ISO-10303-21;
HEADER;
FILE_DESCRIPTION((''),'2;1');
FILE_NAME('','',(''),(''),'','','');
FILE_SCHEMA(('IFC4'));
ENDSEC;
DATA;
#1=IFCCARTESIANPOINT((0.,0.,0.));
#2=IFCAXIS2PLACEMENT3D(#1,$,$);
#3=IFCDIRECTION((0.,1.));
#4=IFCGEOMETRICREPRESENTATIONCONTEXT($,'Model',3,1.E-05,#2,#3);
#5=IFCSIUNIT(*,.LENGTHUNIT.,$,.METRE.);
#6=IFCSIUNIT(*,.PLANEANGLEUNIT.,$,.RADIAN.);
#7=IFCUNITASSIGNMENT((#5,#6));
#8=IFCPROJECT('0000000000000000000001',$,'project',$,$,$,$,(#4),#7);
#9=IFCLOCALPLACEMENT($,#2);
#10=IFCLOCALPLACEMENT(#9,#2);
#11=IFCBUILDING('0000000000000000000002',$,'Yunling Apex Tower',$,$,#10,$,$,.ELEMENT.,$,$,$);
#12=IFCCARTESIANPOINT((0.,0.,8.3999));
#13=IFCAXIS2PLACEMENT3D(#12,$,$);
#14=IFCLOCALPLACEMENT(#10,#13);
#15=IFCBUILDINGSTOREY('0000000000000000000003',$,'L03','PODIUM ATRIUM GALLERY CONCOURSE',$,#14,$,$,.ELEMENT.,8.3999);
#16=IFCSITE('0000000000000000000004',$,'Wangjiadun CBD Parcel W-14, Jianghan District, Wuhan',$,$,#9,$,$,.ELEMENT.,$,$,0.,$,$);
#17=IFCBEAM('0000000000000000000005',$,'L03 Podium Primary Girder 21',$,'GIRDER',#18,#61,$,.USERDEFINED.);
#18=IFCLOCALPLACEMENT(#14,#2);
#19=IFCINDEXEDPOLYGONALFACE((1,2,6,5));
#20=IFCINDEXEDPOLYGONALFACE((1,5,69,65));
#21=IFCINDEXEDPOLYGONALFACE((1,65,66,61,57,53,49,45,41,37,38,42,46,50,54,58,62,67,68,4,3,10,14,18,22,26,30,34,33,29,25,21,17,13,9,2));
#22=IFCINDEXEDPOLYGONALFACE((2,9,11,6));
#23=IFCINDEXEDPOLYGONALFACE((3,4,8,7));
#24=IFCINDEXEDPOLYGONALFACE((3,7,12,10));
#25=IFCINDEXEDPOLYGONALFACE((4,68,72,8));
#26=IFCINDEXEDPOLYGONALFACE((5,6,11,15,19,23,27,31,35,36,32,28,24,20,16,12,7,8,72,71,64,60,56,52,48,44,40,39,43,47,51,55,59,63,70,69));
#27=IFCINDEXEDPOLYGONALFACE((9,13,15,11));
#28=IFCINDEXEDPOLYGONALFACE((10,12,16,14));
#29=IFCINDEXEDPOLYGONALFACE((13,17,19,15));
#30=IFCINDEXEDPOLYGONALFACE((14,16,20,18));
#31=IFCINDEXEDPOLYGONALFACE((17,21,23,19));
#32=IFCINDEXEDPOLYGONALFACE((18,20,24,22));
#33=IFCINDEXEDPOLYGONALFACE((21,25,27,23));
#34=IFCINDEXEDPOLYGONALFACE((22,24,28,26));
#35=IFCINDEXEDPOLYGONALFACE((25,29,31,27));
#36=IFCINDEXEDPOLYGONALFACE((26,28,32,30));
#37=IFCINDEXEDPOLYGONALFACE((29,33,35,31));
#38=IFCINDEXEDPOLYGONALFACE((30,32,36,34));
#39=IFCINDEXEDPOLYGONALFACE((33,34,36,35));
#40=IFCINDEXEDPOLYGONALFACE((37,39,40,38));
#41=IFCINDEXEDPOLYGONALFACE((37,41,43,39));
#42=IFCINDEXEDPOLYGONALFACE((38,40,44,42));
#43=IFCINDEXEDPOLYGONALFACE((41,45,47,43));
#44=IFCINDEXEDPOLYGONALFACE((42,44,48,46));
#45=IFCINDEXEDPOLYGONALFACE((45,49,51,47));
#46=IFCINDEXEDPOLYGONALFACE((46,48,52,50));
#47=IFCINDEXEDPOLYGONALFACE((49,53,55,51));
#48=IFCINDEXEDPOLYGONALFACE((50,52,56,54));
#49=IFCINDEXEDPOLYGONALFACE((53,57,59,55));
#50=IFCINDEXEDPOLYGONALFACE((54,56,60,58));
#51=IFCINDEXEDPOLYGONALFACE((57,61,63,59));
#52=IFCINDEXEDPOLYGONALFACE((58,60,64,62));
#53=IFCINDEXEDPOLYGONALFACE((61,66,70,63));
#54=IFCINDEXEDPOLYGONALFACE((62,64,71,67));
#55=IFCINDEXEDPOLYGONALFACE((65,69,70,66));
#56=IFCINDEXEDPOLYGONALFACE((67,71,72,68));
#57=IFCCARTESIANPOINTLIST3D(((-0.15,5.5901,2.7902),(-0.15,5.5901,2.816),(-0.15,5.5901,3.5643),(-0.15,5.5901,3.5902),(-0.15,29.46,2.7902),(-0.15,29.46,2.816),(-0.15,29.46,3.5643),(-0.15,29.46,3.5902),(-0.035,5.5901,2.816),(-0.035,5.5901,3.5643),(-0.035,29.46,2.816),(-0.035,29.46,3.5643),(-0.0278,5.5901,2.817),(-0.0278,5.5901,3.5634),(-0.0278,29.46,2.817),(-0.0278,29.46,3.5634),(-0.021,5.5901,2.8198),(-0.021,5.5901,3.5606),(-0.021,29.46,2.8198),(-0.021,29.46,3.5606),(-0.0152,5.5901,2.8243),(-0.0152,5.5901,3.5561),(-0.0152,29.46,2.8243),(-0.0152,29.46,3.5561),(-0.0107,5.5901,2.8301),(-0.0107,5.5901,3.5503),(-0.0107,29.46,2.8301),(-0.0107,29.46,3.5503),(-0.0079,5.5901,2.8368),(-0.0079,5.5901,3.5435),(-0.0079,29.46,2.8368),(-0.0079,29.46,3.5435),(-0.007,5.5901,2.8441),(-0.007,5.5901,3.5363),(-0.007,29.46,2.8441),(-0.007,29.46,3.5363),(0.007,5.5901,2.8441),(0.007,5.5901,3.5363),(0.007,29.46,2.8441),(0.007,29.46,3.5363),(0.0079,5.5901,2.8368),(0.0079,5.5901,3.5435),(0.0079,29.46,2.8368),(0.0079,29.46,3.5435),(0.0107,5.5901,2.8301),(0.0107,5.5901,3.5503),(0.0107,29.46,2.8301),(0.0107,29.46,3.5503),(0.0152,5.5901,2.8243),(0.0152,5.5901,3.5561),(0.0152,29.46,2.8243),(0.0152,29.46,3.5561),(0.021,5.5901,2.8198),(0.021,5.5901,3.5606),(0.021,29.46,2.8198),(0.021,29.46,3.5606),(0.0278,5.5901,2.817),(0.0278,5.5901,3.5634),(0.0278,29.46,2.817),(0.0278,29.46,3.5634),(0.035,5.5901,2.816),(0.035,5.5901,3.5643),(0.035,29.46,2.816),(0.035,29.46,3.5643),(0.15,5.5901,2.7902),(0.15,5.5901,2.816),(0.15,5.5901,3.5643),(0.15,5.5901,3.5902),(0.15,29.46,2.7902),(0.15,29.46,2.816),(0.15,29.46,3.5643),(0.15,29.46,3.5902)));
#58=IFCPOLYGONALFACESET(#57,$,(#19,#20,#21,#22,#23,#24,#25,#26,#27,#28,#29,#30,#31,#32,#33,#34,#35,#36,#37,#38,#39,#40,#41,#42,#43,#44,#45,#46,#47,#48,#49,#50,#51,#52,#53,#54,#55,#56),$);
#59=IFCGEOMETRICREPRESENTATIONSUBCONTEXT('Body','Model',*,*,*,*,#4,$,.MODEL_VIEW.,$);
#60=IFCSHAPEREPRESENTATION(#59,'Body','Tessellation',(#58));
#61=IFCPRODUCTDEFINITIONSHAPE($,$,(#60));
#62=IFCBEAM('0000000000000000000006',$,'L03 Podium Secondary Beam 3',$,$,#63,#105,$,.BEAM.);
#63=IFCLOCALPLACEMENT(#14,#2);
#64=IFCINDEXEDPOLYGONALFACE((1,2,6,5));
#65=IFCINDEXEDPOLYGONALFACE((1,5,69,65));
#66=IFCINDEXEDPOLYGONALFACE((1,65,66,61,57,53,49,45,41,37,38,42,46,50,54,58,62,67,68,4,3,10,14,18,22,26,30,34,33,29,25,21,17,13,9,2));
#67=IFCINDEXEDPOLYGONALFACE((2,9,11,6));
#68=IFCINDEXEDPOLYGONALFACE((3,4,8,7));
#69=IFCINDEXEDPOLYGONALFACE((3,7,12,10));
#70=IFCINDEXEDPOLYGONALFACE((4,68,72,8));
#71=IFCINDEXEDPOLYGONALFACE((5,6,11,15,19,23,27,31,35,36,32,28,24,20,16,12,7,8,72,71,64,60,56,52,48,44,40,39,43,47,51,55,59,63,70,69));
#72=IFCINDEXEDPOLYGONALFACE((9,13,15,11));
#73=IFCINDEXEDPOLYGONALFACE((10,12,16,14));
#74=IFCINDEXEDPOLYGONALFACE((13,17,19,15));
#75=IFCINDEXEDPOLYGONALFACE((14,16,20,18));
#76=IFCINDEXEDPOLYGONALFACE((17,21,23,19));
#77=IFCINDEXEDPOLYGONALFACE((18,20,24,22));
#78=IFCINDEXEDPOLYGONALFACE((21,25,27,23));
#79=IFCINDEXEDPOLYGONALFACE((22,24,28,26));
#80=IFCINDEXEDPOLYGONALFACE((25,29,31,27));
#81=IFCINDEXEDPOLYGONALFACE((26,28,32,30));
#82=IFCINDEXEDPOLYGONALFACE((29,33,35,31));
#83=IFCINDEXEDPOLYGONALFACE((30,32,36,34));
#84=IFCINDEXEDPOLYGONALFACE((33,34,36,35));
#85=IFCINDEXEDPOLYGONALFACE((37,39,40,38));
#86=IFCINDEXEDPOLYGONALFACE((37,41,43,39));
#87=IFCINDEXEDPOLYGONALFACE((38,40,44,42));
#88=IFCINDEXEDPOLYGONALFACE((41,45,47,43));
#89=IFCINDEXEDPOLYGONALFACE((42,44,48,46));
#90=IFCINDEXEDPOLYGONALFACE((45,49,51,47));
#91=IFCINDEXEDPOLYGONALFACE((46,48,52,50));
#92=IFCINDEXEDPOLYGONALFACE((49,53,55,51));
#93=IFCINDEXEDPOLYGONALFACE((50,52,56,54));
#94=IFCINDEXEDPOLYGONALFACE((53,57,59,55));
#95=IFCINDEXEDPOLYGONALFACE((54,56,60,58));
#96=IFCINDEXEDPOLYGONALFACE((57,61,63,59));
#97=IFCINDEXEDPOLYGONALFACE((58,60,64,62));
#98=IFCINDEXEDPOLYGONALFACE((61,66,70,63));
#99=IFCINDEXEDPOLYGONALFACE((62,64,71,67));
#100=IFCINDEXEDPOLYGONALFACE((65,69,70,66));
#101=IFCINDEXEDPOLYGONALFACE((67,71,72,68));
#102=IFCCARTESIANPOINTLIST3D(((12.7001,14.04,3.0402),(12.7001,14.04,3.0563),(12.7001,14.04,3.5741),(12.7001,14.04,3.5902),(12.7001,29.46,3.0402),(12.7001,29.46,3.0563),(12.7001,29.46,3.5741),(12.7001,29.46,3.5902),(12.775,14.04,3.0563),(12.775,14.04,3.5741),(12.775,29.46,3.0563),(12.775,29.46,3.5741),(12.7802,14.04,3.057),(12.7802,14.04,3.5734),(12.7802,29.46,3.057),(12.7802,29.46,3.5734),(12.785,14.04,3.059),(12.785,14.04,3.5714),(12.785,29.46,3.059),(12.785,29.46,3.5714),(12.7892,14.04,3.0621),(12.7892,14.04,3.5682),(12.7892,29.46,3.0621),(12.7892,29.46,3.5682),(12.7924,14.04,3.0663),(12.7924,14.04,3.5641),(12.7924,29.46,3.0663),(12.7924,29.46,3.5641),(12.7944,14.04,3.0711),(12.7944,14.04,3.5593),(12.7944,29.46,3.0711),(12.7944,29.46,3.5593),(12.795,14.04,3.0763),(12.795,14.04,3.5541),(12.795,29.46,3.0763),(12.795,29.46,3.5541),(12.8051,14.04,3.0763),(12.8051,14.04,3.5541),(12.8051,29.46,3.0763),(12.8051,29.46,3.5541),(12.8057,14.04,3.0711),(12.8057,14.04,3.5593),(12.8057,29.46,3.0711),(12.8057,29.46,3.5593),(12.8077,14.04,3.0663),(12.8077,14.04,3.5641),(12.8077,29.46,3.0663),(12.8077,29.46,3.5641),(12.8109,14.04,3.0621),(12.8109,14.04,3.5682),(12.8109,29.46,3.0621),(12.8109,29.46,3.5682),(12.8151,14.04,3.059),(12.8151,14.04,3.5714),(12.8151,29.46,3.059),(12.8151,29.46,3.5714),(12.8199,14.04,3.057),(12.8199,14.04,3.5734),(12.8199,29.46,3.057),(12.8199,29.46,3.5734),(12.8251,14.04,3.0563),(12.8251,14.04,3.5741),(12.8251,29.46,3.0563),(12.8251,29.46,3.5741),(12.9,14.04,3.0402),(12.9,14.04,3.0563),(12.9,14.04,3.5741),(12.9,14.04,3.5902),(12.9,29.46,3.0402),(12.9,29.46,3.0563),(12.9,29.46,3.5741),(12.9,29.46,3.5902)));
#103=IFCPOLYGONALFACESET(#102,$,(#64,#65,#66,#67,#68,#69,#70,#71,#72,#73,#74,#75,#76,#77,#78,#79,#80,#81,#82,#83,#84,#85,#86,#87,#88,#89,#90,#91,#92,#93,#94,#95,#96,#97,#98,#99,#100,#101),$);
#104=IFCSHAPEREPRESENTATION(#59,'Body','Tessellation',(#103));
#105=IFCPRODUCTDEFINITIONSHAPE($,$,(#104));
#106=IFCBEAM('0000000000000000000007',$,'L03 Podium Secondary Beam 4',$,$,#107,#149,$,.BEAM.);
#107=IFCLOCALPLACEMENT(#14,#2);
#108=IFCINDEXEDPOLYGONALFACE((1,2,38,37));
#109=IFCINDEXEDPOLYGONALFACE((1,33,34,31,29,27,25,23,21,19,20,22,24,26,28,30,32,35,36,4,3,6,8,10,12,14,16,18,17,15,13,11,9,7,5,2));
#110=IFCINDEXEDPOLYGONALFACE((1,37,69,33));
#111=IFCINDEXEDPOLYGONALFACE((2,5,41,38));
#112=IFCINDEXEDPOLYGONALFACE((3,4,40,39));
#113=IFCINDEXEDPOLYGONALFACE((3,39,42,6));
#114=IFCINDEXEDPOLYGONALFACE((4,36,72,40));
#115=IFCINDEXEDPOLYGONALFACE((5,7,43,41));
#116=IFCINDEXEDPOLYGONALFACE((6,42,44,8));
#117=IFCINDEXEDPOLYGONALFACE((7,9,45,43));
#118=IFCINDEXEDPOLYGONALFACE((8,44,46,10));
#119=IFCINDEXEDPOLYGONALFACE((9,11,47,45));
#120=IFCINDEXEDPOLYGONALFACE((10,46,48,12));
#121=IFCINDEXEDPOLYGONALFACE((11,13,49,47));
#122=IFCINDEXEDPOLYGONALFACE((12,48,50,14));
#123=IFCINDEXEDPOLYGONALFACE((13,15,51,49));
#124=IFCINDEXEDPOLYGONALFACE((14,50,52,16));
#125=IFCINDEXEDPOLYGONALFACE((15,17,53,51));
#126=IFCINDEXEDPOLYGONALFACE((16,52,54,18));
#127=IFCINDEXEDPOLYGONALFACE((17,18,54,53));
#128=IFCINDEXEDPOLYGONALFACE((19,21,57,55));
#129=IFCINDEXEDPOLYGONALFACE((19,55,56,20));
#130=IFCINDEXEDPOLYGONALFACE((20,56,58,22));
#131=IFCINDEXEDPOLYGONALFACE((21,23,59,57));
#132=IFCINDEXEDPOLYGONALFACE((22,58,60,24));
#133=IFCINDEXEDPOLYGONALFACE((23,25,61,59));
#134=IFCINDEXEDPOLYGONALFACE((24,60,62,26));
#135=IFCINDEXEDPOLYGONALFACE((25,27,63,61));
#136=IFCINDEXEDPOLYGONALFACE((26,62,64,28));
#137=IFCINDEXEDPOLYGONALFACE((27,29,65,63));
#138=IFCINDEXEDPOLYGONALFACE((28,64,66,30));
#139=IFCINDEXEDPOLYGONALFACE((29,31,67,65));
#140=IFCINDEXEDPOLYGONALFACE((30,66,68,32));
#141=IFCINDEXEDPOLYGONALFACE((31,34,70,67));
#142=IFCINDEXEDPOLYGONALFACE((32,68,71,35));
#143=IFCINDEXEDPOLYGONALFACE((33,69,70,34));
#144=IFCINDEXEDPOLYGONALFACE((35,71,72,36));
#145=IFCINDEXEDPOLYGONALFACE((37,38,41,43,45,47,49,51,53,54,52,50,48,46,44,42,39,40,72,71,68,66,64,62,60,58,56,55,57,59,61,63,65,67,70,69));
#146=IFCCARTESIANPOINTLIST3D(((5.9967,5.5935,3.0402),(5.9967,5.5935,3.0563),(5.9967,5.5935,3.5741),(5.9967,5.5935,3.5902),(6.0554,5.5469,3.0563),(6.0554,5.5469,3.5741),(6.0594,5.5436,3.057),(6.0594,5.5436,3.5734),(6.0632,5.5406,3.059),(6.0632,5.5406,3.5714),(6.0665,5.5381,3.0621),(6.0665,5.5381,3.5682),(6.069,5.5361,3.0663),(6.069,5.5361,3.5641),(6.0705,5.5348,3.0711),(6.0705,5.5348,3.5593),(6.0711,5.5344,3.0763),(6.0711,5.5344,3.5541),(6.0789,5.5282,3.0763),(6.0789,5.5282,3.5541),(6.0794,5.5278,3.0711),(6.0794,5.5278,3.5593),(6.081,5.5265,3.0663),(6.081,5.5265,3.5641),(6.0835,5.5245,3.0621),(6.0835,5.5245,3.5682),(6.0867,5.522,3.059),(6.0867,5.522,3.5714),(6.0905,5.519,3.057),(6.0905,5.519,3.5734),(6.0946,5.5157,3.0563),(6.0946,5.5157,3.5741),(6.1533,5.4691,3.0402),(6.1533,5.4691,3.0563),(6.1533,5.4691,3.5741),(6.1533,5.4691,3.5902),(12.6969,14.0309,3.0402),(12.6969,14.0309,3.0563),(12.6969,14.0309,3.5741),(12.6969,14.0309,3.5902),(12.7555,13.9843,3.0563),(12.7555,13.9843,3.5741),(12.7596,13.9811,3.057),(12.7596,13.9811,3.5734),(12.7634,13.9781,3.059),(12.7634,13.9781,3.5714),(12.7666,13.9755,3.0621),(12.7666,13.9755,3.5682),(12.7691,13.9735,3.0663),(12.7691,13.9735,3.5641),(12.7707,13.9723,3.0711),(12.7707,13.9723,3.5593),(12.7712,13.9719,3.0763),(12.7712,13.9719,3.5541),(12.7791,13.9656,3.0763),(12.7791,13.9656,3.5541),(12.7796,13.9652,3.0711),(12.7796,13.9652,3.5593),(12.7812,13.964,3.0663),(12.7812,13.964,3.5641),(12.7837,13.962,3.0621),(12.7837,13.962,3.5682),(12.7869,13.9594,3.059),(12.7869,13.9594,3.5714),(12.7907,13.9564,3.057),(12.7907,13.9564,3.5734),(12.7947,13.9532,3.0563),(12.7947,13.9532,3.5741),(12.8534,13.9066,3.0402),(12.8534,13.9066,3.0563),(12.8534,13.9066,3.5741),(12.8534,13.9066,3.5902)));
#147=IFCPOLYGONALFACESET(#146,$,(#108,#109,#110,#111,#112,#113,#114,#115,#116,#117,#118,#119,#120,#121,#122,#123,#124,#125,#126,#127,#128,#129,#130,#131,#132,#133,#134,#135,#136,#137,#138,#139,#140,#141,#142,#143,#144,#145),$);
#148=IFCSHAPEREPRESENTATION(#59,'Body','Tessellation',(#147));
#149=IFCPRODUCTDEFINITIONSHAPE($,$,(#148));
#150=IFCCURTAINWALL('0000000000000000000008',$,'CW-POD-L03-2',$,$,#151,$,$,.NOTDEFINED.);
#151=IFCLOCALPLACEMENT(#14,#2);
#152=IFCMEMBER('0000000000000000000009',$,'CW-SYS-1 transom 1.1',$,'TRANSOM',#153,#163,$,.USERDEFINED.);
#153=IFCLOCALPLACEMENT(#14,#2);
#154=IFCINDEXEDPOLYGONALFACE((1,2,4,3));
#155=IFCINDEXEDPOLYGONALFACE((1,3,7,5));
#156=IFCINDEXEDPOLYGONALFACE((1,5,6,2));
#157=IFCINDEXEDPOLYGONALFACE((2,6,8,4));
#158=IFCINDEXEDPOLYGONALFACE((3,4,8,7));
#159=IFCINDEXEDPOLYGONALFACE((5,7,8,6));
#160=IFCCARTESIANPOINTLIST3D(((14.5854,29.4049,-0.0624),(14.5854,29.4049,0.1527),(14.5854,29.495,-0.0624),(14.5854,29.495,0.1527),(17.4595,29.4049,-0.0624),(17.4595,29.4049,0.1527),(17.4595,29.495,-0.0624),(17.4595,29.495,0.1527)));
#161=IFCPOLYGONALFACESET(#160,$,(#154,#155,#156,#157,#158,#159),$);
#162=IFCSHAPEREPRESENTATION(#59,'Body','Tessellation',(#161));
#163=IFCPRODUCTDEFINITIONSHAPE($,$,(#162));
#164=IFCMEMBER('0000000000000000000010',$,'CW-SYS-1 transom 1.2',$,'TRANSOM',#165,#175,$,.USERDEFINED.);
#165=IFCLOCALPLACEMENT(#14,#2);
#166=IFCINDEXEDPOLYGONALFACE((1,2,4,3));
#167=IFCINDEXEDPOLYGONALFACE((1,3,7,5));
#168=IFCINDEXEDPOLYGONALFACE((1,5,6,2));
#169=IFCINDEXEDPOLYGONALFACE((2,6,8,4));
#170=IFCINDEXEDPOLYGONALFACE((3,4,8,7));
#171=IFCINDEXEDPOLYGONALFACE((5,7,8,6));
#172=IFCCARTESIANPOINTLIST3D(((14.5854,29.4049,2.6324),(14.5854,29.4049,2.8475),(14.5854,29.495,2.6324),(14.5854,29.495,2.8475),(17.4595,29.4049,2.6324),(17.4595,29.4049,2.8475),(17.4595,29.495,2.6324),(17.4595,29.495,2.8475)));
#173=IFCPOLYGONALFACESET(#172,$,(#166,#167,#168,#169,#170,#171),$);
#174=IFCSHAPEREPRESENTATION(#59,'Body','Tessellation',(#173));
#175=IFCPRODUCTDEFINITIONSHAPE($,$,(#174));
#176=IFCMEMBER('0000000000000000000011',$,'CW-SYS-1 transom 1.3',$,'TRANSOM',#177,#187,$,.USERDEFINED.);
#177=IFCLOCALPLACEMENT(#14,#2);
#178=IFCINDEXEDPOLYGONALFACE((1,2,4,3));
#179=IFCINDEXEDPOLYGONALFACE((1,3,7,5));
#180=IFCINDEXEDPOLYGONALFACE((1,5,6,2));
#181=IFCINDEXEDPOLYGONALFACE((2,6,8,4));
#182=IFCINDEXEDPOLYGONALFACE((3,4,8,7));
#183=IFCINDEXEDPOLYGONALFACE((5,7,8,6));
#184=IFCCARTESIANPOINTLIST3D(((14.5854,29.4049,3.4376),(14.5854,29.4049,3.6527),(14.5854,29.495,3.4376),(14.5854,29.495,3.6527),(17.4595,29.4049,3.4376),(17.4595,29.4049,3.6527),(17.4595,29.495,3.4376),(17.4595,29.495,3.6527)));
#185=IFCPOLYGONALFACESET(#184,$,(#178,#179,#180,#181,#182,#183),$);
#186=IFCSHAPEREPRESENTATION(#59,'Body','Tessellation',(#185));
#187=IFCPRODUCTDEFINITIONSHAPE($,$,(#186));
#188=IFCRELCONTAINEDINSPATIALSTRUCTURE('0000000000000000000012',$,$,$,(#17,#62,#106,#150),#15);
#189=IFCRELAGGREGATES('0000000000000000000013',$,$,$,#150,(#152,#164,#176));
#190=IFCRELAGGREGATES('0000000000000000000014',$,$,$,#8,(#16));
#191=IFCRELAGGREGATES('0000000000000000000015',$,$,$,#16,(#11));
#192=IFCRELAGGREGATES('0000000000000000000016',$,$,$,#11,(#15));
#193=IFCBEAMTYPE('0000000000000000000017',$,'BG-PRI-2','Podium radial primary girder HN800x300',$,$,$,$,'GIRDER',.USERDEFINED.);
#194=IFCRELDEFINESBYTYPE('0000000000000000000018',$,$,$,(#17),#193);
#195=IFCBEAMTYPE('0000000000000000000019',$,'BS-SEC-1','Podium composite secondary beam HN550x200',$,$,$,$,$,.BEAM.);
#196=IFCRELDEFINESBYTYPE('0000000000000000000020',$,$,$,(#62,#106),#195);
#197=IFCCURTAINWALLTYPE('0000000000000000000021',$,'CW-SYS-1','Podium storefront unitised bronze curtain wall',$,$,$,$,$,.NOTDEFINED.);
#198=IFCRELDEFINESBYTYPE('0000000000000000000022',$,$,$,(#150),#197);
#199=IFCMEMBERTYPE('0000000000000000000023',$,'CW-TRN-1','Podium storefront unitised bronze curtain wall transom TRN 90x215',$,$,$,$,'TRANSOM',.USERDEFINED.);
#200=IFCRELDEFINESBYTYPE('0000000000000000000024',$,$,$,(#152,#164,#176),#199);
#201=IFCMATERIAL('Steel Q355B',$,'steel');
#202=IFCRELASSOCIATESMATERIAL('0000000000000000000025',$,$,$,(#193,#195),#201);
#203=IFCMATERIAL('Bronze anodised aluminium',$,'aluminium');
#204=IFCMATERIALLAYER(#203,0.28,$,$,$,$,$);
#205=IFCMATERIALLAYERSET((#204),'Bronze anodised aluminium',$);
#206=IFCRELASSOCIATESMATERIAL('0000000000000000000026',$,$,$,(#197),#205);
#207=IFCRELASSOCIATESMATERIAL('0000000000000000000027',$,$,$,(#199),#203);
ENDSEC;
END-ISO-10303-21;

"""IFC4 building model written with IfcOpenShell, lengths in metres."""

from ifc_helpers import new_model, si_unit, direction, frame, origin, origin_2d, place, context, subcontext, project, spatial, rectangle, i_section, extrude, source, transform, mapped, material, layer, layer_set, material_profile, profile_set, type_object, element, aggregate, save


model = new_model("IFC4")

# Units and contexts
model_context = context("Model", 3, precision=1e-05, world=origin(), true_north=direction((0.0, 1.0)))
body_context = subcontext(model_context, "Body", "Model", "MODEL_VIEW")
ifc_project = project(units=[si_unit("LENGTHUNIT", "METRE"), si_unit("PLANEANGLEUNIT", "RADIAN")], contexts=[model_context])

# Site, building, storey
site_placement = place(None, origin())
site = spatial("IfcSite", under=ifc_project, at=site_placement, Name="Wangjiadun CBD Parcel W-14, Jianghan District, Wuhan", CompositionType="ELEMENT", RefElevation=0.0)
building_placement = place(site_placement, origin())
building = spatial("IfcBuilding", under=site, at=building_placement, Name="Yunling Apex Tower", CompositionType="ELEMENT")
storey_placement = place(building_placement, frame((0.0, 0.0, 8.3999)))
storey = spatial("IfcBuildingStorey", under=building, at=storey_placement, Name="L03", Description="PODIUM ATRIUM GALLERY CONCOURSE", CompositionType="ELEMENT", Elevation=8.3999)

# Beams
ifc_material_1 = material(Name="Steel Q355B", Category="steel")
ifc_material_profile_1 = material_profile(ifc_material_1, i_section(OverallWidth=0.3, OverallDepth=0.8, WebThickness=0.0139, FlangeThickness=0.0259, FilletRadius=0.0281, at=origin_2d()))
ifc_profile_set_1 = profile_set([ifc_material_profile_1], Name="Steel Q355B")
beam_type_1 = type_object("IfcBeamType", Name="BG-PRI-2", Description="Podium radial primary girder HN800x300", ElementType="GIRDER", PredefinedType="USERDEFINED", material=ifc_profile_set_1)
shared_shape_1 = source(origin(), body_context, "Body", "SweptSolid", [
    extrude(i_section(OverallWidth=0.3, OverallDepth=0.8, WebThickness=0.0139, FlangeThickness=0.0259, FilletRadius=0.0281, at=origin_2d()), origin(), (0.0, 0.0, 1.0), 23.8699),
])
beam_1_placement = place(storey_placement, frame((0.0, 29.46, 3.1902), z_axis=(0.0, -1.0, 0.0), x_axis=(1.0, 0.0, 0.0)))
element("IfcBeam", 1, at=beam_1_placement, inside=storey, type_object=beam_type_1, Name="L03 Podium Primary Girder 21", ObjectType="GIRDER", PredefinedType="USERDEFINED", context=body_context, shape_type="MappedRepresentation", body=[
    mapped(shared_shape_1, transform((0.0, 0.0, 0.0), scale=1.0)),
])
ifc_material_profile_2 = material_profile(ifc_material_1, i_section(OverallWidth=0.2, OverallDepth=0.55, WebThickness=0.01, FlangeThickness=0.0161, FilletRadius=0.02, at=origin_2d()))
ifc_profile_set_2 = profile_set([ifc_material_profile_2], Name="Steel Q355B")
beam_type_2 = type_object("IfcBeamType", Name="BS-SEC-1", Description="Podium composite secondary beam HN550x200", PredefinedType="BEAM", material=ifc_profile_set_2)
shared_shape_2 = source(origin(), body_context, "Body", "SweptSolid", [
    extrude(i_section(OverallWidth=0.2, OverallDepth=0.55, WebThickness=0.01, FlangeThickness=0.0161, FilletRadius=0.02, at=origin_2d()), origin(), (0.0, 0.0, 1.0), 15.4199),
])
beam_2_placement = place(storey_placement, frame((12.8, 29.46, 3.3152), z_axis=(0.0, -1.0, 0.0), x_axis=(1.0, 0.0, 0.0)))
element("IfcBeam", 2, at=beam_2_placement, inside=storey, type_object=beam_type_2, Name="L03 Podium Secondary Beam 3", PredefinedType="BEAM", context=body_context, shape_type="MappedRepresentation", body=[
    mapped(shared_shape_2, transform((0.0, 0.0, 0.0), scale=1.0)),
])
shared_shape_3 = source(origin(), body_context, "Body", "SweptSolid", [
    extrude(i_section(OverallWidth=0.2, OverallDepth=0.55, WebThickness=0.01, FlangeThickness=0.0161, FilletRadius=0.02, at=origin_2d()), origin(), (0.0, 0.0, 1.0), 10.7742),
])
beam_3_placement = place(storey_placement, frame((12.7751, 13.9688, 3.3152), z_axis=(-0.621872, -0.783119, 0.0), x_axis=(0.783119, -0.621872, 0.0)))
element("IfcBeam", 3, at=beam_3_placement, inside=storey, type_object=beam_type_2, Name="L03 Podium Secondary Beam 4", PredefinedType="BEAM", context=body_context, shape_type="MappedRepresentation", body=[
    mapped(shared_shape_3, transform((0.0, 0.0, 0.0), scale=1.0)),
])

# Curtain wall, members
ifc_material_2 = material(Name="Bronze anodised aluminium", Category="aluminium")
ifc_layer_1 = layer(ifc_material_2, 0.28)
ifc_layer_set_1 = layer_set([ifc_layer_1], Name="Bronze anodised aluminium")
curtain_wall_type = type_object("IfcCurtainWallType", Name="CW-SYS-1", Description="Podium storefront unitised bronze curtain wall", PredefinedType="NOTDEFINED", material=ifc_layer_set_1)
curtain_wall_1_placement = place(storey_placement, origin())
curtain_wall_1 = element("IfcCurtainWall", 4, at=curtain_wall_1_placement, inside=storey, type_object=curtain_wall_type, Name="CW-POD-L03-2", PredefinedType="NOTDEFINED")
ifc_material_profile_3 = material_profile(ifc_material_2, rectangle(XDim=0.0901, YDim=0.2151, at=origin_2d()))
ifc_profile_set_3 = profile_set([ifc_material_profile_3], Name="Bronze anodised aluminium")
member_type_1 = type_object("IfcMemberType", Name="CW-TRN-1", Description="Podium storefront unitised bronze curtain wall transom TRN 90x215", ElementType="TRANSOM", PredefinedType="USERDEFINED", material=ifc_profile_set_3)
shared_shape_4 = source(origin(), body_context, "Body", "SweptSolid", [
    extrude(rectangle(XDim=0.0901, YDim=0.2151, at=origin_2d()), origin(), (0.0, 0.0, 1.0), 2.874),
])
member_1_placement = place(storey_placement, frame((14.5854, 29.45, 0.0452), z_axis=(1.0, 0.0, 0.0), x_axis=(0.0, 1.0, 0.0)))
member_1 = element("IfcMember", 5, at=member_1_placement, type_object=member_type_1, Name="CW-SYS-1 transom 1.1", ObjectType="TRANSOM", PredefinedType="USERDEFINED", context=body_context, shape_type="MappedRepresentation", body=[
    mapped(shared_shape_4, transform((0.0, 0.0, 0.0), scale=1.0)),
])
member_2_placement = place(storey_placement, frame((14.5854, 29.45, 2.74), z_axis=(1.0, 0.0, 0.0), x_axis=(0.0, 1.0, 0.0)))
member_2 = element("IfcMember", 6, at=member_2_placement, type_object=member_type_1, Name="CW-SYS-1 transom 1.2", ObjectType="TRANSOM", PredefinedType="USERDEFINED", context=body_context, shape_type="MappedRepresentation", body=[
    mapped(shared_shape_4, transform((0.0, 0.0, 0.0), scale=1.0)),
])
member_3_placement = place(storey_placement, frame((14.5854, 29.45, 3.5452), z_axis=(1.0, 0.0, 0.0), x_axis=(0.0, 1.0, 0.0)))
member_3 = element("IfcMember", 7, at=member_3_placement, type_object=member_type_1, Name="CW-SYS-1 transom 1.3", ObjectType="TRANSOM", PredefinedType="USERDEFINED", context=body_context, shape_type="MappedRepresentation", body=[
    mapped(shared_shape_4, transform((0.0, 0.0, 0.0), scale=1.0)),
])

aggregate(curtain_wall_1, [member_1, member_2, member_3])

save(model, "model.ifc")
